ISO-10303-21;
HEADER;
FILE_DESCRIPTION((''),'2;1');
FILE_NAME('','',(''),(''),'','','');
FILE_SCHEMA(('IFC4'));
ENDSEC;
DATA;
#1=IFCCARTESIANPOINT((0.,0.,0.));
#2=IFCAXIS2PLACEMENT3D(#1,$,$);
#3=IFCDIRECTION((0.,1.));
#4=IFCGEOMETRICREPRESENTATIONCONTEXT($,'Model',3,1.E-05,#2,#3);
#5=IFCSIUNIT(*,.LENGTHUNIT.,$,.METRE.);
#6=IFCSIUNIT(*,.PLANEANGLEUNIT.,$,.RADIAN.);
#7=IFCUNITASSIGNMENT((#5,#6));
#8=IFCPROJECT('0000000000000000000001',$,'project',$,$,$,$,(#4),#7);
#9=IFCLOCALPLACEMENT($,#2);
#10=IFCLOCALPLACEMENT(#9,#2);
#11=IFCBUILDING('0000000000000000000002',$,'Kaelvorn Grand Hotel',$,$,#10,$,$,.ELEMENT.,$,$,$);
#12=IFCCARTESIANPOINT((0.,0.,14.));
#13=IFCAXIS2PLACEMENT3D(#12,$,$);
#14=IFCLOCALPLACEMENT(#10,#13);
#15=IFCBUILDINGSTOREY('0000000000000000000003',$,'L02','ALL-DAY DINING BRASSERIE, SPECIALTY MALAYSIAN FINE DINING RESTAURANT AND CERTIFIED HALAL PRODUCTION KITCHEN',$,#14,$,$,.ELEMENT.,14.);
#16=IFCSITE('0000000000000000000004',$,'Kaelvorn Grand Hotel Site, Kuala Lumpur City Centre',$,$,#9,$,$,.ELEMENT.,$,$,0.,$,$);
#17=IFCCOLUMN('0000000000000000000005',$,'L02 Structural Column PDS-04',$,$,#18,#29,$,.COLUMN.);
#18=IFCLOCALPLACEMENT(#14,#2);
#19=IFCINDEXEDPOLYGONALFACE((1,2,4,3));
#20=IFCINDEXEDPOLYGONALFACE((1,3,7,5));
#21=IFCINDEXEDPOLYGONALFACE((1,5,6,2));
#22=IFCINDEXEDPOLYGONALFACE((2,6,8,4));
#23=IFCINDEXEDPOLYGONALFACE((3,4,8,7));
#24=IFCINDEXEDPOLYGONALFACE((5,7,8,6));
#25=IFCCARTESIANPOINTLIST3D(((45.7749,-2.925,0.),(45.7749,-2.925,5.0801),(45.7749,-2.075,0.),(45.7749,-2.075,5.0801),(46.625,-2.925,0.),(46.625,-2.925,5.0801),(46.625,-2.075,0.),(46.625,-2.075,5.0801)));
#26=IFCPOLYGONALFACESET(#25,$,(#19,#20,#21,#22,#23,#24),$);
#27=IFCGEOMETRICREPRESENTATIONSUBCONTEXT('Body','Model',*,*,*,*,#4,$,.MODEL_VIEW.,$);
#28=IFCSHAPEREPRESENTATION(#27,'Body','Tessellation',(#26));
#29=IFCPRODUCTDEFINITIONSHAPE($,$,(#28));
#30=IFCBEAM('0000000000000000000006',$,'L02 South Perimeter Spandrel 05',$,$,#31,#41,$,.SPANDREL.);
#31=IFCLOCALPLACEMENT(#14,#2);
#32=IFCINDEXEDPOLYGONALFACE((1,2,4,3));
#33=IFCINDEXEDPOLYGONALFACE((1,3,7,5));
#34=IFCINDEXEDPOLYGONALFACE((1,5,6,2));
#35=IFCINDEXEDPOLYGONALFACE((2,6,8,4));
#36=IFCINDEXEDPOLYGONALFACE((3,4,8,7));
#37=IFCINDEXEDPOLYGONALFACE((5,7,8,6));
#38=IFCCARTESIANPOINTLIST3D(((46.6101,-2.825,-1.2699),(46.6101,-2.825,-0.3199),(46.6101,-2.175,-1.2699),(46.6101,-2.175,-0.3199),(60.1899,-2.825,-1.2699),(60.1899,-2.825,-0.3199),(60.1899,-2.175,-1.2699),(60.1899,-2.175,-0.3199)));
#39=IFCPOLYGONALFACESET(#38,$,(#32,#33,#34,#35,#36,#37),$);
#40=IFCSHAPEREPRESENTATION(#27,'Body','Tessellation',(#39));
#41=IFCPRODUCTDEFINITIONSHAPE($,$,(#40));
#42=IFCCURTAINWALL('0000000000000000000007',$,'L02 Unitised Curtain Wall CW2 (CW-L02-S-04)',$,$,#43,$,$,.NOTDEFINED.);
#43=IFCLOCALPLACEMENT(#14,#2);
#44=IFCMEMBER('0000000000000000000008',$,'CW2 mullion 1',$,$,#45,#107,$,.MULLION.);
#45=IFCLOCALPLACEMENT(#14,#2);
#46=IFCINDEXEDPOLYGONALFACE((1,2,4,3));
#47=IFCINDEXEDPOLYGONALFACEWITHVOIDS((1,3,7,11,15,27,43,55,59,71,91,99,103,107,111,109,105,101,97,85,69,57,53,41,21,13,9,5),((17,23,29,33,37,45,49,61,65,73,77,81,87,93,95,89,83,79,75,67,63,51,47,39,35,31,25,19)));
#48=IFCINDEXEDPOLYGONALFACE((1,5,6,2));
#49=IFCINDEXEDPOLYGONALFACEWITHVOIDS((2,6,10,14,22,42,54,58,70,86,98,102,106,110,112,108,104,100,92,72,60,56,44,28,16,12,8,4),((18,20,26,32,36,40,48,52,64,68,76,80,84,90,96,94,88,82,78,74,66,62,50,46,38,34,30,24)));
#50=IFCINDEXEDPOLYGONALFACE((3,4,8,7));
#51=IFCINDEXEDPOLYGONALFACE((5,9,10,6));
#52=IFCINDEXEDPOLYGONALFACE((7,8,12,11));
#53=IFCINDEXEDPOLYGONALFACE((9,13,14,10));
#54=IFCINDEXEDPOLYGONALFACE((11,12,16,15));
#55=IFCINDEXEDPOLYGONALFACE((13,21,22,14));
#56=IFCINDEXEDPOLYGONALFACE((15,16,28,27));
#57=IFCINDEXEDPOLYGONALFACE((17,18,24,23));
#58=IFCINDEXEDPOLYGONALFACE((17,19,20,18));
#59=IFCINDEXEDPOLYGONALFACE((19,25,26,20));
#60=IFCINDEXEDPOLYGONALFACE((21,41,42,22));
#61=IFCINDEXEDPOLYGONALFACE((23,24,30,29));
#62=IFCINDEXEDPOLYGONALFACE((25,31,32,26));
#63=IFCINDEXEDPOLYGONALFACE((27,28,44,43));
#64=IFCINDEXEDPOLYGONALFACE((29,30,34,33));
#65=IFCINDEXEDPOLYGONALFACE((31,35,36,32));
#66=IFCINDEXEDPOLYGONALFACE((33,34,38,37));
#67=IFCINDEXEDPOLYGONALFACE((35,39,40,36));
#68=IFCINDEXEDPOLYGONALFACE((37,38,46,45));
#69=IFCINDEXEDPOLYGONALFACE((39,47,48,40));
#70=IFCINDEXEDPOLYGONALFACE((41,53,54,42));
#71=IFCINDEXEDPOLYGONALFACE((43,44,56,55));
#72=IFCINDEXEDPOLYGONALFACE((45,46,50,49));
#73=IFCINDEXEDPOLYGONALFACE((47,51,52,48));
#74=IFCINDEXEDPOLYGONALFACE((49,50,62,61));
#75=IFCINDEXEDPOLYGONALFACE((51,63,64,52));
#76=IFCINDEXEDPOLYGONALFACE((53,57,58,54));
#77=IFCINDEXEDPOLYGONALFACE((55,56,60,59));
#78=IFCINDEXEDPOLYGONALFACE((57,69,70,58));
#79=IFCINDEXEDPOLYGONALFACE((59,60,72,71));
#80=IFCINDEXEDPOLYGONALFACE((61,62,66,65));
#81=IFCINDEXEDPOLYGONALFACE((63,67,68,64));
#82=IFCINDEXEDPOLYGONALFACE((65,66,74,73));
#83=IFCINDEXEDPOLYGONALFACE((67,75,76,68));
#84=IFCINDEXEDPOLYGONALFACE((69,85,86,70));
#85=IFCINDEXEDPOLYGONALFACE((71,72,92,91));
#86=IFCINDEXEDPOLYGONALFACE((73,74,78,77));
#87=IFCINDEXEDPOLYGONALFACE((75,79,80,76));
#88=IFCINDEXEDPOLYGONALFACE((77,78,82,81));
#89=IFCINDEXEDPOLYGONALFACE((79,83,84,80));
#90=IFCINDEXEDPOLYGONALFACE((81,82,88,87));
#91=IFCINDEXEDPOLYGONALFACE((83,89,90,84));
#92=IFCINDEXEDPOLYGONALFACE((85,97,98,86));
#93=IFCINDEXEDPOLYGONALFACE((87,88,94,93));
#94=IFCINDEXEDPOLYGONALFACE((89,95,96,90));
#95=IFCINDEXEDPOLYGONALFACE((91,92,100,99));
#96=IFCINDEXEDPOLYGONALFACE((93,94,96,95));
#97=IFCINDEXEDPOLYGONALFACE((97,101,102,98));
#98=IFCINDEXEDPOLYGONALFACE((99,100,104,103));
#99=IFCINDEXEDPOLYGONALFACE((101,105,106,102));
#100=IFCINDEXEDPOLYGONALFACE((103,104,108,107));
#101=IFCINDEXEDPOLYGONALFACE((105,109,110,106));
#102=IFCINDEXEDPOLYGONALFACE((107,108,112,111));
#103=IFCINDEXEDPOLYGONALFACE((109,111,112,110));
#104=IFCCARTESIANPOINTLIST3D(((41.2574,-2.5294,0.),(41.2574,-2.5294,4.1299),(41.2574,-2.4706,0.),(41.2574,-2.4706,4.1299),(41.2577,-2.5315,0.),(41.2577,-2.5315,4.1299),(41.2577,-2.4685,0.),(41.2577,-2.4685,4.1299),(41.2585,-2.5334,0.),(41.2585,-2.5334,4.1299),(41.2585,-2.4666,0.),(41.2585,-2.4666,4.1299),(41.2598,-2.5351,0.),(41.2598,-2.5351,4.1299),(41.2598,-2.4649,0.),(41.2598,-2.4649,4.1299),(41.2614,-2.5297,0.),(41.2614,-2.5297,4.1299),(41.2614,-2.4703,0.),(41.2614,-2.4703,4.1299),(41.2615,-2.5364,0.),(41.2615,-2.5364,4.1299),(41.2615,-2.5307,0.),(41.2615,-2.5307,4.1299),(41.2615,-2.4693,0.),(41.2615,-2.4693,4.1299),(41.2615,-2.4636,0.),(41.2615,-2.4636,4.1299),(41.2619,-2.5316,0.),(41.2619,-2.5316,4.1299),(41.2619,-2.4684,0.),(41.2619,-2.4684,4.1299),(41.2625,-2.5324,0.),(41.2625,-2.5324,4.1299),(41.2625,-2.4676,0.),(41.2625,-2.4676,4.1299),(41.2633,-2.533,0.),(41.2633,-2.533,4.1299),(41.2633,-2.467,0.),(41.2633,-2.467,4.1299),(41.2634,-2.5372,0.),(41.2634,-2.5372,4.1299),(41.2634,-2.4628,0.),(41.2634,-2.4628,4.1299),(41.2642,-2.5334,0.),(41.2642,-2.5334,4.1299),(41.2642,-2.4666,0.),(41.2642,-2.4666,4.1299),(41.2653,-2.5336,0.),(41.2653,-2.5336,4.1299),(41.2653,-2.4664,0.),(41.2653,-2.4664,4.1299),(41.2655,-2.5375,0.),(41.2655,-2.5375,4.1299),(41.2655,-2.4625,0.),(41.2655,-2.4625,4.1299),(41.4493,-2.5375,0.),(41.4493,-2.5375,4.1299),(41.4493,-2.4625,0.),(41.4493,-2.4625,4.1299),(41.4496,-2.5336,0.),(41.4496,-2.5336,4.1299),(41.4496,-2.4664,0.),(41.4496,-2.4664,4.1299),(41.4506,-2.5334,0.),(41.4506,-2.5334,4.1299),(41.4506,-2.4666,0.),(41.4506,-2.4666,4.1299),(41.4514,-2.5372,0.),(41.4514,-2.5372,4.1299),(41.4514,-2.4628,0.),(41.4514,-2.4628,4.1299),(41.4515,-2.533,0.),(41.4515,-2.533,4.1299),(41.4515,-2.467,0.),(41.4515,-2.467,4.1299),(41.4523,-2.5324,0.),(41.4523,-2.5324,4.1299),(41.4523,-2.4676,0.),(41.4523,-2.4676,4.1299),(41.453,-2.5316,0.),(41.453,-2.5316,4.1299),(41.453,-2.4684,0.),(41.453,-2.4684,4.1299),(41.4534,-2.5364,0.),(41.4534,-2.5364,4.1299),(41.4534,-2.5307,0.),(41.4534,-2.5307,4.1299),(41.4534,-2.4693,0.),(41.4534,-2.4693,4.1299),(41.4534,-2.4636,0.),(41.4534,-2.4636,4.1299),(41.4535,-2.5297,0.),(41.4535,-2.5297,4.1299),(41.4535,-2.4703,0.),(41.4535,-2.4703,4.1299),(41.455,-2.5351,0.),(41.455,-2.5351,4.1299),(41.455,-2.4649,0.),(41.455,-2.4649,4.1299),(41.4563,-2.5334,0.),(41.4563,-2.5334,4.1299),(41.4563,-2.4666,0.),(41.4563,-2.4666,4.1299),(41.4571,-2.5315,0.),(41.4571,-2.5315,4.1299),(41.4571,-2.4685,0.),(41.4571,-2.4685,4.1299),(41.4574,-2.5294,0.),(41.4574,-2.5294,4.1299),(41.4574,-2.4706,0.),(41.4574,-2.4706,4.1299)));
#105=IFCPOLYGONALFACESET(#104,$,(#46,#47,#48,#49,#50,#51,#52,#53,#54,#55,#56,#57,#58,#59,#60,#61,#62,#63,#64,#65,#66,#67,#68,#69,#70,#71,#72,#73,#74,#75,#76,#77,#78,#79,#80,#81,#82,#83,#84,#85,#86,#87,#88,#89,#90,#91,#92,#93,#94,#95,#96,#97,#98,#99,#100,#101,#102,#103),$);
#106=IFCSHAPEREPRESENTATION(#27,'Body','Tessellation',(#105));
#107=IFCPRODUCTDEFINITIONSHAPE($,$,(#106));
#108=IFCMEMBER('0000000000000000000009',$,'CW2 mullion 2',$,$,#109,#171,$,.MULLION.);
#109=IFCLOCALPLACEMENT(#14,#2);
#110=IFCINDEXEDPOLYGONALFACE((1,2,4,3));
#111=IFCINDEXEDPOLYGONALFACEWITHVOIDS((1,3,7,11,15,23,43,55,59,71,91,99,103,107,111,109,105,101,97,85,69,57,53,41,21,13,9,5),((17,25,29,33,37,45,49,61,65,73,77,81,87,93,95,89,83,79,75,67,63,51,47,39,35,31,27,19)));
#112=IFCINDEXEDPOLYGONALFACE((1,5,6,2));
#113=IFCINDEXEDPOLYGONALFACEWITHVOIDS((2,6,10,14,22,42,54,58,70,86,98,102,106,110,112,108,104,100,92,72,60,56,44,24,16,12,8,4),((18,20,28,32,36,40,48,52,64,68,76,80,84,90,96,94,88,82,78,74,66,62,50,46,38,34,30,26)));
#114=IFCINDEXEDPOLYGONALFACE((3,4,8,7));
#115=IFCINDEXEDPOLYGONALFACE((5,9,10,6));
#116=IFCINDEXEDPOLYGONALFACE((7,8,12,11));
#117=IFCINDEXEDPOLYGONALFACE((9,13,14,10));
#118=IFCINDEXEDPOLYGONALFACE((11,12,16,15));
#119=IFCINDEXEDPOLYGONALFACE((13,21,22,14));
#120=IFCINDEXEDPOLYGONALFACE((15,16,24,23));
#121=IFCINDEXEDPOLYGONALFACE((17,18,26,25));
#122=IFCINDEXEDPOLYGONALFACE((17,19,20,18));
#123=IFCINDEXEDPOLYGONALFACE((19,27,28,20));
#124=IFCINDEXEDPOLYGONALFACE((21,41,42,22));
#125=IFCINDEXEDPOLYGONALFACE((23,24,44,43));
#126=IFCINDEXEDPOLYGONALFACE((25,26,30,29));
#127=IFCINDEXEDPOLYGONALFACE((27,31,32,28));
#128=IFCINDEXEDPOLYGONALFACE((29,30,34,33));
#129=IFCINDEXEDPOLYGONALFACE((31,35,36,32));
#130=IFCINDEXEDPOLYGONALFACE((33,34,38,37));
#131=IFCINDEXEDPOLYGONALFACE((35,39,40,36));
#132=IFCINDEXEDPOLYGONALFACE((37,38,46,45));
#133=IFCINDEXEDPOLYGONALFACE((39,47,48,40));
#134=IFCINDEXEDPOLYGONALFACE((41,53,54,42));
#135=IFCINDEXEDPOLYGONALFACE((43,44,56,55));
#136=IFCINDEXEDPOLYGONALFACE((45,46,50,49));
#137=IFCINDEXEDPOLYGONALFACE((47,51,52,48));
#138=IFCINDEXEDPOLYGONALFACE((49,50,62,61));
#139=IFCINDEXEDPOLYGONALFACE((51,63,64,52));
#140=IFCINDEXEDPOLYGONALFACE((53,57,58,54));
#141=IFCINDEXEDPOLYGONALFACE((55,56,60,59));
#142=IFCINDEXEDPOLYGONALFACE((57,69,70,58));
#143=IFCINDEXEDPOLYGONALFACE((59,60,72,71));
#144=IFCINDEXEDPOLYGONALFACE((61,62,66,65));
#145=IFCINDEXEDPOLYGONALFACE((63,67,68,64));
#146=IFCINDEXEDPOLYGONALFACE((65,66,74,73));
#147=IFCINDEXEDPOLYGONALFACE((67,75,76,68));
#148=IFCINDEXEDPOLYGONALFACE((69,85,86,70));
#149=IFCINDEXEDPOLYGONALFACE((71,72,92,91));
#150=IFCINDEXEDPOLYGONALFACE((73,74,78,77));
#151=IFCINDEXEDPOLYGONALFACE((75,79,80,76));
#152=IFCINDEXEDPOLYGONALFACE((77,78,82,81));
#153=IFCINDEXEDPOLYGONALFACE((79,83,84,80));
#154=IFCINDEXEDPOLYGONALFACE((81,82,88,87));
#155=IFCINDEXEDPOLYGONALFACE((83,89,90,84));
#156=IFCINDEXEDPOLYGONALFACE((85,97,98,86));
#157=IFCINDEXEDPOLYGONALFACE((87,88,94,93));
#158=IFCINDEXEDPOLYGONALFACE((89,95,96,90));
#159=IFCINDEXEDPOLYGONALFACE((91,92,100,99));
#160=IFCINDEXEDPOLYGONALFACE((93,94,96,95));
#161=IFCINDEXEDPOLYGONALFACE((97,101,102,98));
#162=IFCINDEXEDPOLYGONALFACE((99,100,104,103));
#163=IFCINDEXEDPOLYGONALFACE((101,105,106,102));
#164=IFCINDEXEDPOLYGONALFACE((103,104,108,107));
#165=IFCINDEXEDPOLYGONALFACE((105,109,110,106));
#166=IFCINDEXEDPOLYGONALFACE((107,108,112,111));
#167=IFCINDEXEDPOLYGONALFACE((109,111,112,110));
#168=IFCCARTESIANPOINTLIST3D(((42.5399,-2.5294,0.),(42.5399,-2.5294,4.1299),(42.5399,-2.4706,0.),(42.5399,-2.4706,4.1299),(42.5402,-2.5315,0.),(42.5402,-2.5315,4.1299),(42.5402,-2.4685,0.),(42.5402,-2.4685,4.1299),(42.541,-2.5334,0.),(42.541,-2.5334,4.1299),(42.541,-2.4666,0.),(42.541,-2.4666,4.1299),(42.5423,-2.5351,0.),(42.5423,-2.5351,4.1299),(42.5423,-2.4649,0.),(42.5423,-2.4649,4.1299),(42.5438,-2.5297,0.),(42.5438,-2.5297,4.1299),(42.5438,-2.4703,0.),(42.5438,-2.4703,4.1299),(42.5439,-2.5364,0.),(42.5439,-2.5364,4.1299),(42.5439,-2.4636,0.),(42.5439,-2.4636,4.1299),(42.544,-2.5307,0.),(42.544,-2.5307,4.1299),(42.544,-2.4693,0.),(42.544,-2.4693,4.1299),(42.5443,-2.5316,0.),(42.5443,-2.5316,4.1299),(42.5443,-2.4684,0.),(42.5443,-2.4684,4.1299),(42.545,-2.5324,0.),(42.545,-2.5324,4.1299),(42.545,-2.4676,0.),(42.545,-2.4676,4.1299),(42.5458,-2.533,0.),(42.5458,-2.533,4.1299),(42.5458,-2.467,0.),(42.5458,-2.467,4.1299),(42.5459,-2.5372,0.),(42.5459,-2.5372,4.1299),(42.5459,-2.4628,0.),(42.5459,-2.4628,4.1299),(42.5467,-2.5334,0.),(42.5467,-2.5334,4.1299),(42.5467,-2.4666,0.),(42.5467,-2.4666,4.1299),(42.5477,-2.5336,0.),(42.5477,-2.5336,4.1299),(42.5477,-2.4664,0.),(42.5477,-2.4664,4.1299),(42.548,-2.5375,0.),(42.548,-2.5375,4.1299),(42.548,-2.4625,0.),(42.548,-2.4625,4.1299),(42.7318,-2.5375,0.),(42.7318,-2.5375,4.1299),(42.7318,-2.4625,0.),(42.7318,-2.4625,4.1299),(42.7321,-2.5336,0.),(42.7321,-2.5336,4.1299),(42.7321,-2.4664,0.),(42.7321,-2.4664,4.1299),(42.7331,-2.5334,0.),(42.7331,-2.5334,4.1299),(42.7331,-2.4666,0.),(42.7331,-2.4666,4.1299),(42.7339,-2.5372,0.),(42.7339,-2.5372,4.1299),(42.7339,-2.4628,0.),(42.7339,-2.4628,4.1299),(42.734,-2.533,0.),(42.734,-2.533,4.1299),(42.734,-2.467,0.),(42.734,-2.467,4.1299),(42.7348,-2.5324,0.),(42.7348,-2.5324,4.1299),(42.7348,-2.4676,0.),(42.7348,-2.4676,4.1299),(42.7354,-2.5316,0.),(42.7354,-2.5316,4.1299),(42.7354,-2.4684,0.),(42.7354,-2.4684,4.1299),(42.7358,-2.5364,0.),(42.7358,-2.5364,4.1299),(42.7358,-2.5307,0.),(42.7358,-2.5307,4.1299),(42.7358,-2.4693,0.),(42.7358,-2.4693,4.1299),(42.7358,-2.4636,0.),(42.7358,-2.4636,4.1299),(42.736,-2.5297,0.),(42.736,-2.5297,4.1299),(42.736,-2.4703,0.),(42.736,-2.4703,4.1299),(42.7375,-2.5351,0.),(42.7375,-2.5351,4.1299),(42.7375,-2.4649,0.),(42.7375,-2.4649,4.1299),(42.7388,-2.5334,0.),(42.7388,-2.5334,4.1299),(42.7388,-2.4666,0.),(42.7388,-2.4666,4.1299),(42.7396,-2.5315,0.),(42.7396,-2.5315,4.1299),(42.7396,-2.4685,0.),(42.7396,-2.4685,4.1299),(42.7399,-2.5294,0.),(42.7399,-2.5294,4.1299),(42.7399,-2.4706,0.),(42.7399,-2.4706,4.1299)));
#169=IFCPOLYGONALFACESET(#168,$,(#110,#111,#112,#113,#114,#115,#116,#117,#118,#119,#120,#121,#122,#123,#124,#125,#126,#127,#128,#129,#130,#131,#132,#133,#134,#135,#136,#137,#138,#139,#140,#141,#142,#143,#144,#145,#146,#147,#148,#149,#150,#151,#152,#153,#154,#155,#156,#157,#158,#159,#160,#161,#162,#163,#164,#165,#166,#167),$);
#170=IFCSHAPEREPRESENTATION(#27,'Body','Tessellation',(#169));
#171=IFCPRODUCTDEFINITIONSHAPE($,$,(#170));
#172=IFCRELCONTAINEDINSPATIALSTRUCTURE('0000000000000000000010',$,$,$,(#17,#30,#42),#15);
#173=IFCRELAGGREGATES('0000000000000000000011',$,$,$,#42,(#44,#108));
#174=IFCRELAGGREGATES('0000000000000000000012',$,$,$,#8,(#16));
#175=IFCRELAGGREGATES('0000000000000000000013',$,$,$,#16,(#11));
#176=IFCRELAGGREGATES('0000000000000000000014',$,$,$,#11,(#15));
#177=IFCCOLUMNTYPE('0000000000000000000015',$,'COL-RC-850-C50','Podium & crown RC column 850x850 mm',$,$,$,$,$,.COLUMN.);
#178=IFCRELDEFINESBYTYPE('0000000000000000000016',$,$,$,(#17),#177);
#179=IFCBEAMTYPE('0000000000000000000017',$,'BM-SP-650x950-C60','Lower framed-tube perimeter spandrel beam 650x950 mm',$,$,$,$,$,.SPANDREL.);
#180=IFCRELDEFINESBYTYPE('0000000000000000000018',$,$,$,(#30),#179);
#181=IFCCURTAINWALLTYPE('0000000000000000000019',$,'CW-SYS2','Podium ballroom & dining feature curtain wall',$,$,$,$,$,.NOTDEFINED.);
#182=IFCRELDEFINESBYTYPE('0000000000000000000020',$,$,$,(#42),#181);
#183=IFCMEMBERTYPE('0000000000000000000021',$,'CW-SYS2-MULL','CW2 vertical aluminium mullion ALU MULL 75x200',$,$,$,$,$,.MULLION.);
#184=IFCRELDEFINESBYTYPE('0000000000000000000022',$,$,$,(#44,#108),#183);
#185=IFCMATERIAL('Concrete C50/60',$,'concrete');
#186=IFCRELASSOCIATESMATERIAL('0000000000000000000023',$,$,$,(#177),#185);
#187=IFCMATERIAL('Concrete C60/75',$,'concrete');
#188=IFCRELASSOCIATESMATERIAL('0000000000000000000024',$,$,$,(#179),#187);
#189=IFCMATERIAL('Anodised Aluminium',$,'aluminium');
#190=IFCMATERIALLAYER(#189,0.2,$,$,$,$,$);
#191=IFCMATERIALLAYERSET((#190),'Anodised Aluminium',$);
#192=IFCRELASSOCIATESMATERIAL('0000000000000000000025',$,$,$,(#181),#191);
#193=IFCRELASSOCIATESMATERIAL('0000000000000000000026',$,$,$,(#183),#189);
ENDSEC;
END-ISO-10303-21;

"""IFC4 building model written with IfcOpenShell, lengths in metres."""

from ifc_helpers import new_model, si_unit, direction, frame, origin, origin_2d, place, context, subcontext, project, spatial, rectangle, hollow_rectangle, extrude, material, layer, layer_set, material_profile, profile_set, type_object, element, aggregate, save


model = new_model("IFC4")

# Units and contexts
model_context = context("Model", 3, precision=1e-05, world=origin(), true_north=direction((0.0, 1.0)))
body_context = subcontext(model_context, "Body", "Model", "MODEL_VIEW")
ifc_project = project(units=[si_unit("LENGTHUNIT", "METRE"), si_unit("PLANEANGLEUNIT", "RADIAN")], contexts=[model_context])

# Site, building, storey
site_placement = place(None, origin())
site = spatial("IfcSite", under=ifc_project, at=site_placement, Name="Kaelvorn Grand Hotel Site, Kuala Lumpur City Centre", CompositionType="ELEMENT", RefElevation=0.0)
building_placement = place(site_placement, origin())
building = spatial("IfcBuilding", under=site, at=building_placement, Name="Kaelvorn Grand Hotel", CompositionType="ELEMENT")
storey_placement = place(building_placement, frame((0.0, 0.0, 14.0)))
storey = spatial("IfcBuildingStorey", under=building, at=storey_placement, Name="L02", Description="ALL-DAY DINING BRASSERIE, SPECIALTY MALAYSIAN FINE DINING RESTAURANT AND CERTIFIED HALAL PRODUCTION KITCHEN", CompositionType="ELEMENT", Elevation=14.0)

# Column
ifc_material_1 = material(Name="Concrete C50/60", Category="concrete")
ifc_material_profile_1 = material_profile(ifc_material_1, rectangle(XDim=0.8501, YDim=0.8501, at=origin_2d()), Name="RC COL 850x850")
ifc_profile_set_1 = profile_set([ifc_material_profile_1], Name="Concrete C50/60")
column_type = type_object("IfcColumnType", Name="COL-RC-850-C50", Description="Podium & crown RC column 850x850 mm", PredefinedType="COLUMN", material=ifc_profile_set_1)
column_placement = place(storey_placement, frame((46.2, -2.5, 0.0), z_axis=(0.0, 0.0, 1.0), x_axis=(1.0, 0.0, 0.0)))
element("IfcColumn", 1, at=column_placement, inside=storey, type_object=column_type, Name="L02 Structural Column PDS-04", PredefinedType="COLUMN", context=body_context, shape_type="SweptSolid", body=[
    extrude(rectangle(XDim=0.8501, YDim=0.8501, at=origin_2d()), origin(), (0.0, 0.0, 1.0), 5.0801),
])

# Beam
ifc_material_2 = material(Name="Concrete C60/75", Category="concrete")
ifc_material_profile_2 = material_profile(ifc_material_2, rectangle(XDim=0.6499, YDim=0.95, at=origin_2d()), Name="RC SPANDREL 650x950")
ifc_profile_set_2 = profile_set([ifc_material_profile_2], Name="Concrete C60/75")
beam_type = type_object("IfcBeamType", Name="BM-SP-650x950-C60", Description="Lower framed-tube perimeter spandrel beam 650x950 mm", PredefinedType="SPANDREL", material=ifc_profile_set_2)
beam_placement = place(storey_placement, frame((46.6101, -2.5, -0.7949), z_axis=(1.0, 0.0, 0.0), x_axis=(0.0, 1.0, 0.0)))
element("IfcBeam", 2, at=beam_placement, inside=storey, type_object=beam_type, Name="L02 South Perimeter Spandrel 05", PredefinedType="SPANDREL", context=body_context, shape_type="SweptSolid", body=[
    extrude(rectangle(XDim=0.6499, YDim=0.95, at=origin_2d()), origin(), (0.0, 0.0, 1.0), 13.5798),
])

# Curtain wall, members
ifc_material_3 = material(Name="Anodised Aluminium", Category="aluminium")
ifc_layer_1 = layer(ifc_material_3, 0.2)
ifc_layer_set_1 = layer_set([ifc_layer_1], Name="Anodised Aluminium")
curtain_wall_type = type_object("IfcCurtainWallType", Name="CW-SYS2", Description="Podium ballroom & dining feature curtain wall", PredefinedType="NOTDEFINED", material=ifc_layer_set_1)
curtain_wall_1_placement = place(storey_placement, origin())
curtain_wall_1 = element("IfcCurtainWall", 3, at=curtain_wall_1_placement, inside=storey, type_object=curtain_wall_type, Name="L02 Unitised Curtain Wall CW2 (CW-L02-S-04)", PredefinedType="NOTDEFINED")
ifc_material_profile_3 = material_profile(ifc_material_3, hollow_rectangle(XDim=0.075, YDim=0.2, WallThickness=0.0039, InnerFilletRadius=0.0039, OuterFilletRadius=0.0081, at=origin_2d()), Name="ALU MULL 75x200")
ifc_profile_set_3 = profile_set([ifc_material_profile_3], Name="Anodised Aluminium")
member_type_1 = type_object("IfcMemberType", Name="CW-SYS2-MULL", Description="CW2 vertical aluminium mullion ALU MULL 75x200", PredefinedType="MULLION", material=ifc_profile_set_3)
member_1_placement = place(storey_placement, frame((41.3574, -2.5, 0.0), z_axis=(0.0, 0.0, 1.0), x_axis=(0.0, 1.0, 0.0)))
member_1 = element("IfcMember", 4, at=member_1_placement, type_object=member_type_1, Name="CW2 mullion 1", PredefinedType="MULLION", context=body_context, shape_type="SweptSolid", body=[
    extrude(hollow_rectangle(XDim=0.075, YDim=0.2, WallThickness=0.0039, InnerFilletRadius=0.0039, OuterFilletRadius=0.0081, at=origin_2d()), origin(), (0.0, 0.0, 1.0), 4.1299),
])
member_2_placement = place(storey_placement, frame((42.6399, -2.5, 0.0), z_axis=(0.0, 0.0, 1.0), x_axis=(0.0, 1.0, 0.0)))
member_2 = element("IfcMember", 5, at=member_2_placement, type_object=member_type_1, Name="CW2 mullion 2", PredefinedType="MULLION", context=body_context, shape_type="SweptSolid", body=[
    extrude(hollow_rectangle(XDim=0.075, YDim=0.2, WallThickness=0.0039, InnerFilletRadius=0.0039, OuterFilletRadius=0.0081, at=origin_2d()), origin(), (0.0, 0.0, 1.0), 4.1299),
])

aggregate(curtain_wall_1, [member_1, member_2])

save(model, "model.ifc")
